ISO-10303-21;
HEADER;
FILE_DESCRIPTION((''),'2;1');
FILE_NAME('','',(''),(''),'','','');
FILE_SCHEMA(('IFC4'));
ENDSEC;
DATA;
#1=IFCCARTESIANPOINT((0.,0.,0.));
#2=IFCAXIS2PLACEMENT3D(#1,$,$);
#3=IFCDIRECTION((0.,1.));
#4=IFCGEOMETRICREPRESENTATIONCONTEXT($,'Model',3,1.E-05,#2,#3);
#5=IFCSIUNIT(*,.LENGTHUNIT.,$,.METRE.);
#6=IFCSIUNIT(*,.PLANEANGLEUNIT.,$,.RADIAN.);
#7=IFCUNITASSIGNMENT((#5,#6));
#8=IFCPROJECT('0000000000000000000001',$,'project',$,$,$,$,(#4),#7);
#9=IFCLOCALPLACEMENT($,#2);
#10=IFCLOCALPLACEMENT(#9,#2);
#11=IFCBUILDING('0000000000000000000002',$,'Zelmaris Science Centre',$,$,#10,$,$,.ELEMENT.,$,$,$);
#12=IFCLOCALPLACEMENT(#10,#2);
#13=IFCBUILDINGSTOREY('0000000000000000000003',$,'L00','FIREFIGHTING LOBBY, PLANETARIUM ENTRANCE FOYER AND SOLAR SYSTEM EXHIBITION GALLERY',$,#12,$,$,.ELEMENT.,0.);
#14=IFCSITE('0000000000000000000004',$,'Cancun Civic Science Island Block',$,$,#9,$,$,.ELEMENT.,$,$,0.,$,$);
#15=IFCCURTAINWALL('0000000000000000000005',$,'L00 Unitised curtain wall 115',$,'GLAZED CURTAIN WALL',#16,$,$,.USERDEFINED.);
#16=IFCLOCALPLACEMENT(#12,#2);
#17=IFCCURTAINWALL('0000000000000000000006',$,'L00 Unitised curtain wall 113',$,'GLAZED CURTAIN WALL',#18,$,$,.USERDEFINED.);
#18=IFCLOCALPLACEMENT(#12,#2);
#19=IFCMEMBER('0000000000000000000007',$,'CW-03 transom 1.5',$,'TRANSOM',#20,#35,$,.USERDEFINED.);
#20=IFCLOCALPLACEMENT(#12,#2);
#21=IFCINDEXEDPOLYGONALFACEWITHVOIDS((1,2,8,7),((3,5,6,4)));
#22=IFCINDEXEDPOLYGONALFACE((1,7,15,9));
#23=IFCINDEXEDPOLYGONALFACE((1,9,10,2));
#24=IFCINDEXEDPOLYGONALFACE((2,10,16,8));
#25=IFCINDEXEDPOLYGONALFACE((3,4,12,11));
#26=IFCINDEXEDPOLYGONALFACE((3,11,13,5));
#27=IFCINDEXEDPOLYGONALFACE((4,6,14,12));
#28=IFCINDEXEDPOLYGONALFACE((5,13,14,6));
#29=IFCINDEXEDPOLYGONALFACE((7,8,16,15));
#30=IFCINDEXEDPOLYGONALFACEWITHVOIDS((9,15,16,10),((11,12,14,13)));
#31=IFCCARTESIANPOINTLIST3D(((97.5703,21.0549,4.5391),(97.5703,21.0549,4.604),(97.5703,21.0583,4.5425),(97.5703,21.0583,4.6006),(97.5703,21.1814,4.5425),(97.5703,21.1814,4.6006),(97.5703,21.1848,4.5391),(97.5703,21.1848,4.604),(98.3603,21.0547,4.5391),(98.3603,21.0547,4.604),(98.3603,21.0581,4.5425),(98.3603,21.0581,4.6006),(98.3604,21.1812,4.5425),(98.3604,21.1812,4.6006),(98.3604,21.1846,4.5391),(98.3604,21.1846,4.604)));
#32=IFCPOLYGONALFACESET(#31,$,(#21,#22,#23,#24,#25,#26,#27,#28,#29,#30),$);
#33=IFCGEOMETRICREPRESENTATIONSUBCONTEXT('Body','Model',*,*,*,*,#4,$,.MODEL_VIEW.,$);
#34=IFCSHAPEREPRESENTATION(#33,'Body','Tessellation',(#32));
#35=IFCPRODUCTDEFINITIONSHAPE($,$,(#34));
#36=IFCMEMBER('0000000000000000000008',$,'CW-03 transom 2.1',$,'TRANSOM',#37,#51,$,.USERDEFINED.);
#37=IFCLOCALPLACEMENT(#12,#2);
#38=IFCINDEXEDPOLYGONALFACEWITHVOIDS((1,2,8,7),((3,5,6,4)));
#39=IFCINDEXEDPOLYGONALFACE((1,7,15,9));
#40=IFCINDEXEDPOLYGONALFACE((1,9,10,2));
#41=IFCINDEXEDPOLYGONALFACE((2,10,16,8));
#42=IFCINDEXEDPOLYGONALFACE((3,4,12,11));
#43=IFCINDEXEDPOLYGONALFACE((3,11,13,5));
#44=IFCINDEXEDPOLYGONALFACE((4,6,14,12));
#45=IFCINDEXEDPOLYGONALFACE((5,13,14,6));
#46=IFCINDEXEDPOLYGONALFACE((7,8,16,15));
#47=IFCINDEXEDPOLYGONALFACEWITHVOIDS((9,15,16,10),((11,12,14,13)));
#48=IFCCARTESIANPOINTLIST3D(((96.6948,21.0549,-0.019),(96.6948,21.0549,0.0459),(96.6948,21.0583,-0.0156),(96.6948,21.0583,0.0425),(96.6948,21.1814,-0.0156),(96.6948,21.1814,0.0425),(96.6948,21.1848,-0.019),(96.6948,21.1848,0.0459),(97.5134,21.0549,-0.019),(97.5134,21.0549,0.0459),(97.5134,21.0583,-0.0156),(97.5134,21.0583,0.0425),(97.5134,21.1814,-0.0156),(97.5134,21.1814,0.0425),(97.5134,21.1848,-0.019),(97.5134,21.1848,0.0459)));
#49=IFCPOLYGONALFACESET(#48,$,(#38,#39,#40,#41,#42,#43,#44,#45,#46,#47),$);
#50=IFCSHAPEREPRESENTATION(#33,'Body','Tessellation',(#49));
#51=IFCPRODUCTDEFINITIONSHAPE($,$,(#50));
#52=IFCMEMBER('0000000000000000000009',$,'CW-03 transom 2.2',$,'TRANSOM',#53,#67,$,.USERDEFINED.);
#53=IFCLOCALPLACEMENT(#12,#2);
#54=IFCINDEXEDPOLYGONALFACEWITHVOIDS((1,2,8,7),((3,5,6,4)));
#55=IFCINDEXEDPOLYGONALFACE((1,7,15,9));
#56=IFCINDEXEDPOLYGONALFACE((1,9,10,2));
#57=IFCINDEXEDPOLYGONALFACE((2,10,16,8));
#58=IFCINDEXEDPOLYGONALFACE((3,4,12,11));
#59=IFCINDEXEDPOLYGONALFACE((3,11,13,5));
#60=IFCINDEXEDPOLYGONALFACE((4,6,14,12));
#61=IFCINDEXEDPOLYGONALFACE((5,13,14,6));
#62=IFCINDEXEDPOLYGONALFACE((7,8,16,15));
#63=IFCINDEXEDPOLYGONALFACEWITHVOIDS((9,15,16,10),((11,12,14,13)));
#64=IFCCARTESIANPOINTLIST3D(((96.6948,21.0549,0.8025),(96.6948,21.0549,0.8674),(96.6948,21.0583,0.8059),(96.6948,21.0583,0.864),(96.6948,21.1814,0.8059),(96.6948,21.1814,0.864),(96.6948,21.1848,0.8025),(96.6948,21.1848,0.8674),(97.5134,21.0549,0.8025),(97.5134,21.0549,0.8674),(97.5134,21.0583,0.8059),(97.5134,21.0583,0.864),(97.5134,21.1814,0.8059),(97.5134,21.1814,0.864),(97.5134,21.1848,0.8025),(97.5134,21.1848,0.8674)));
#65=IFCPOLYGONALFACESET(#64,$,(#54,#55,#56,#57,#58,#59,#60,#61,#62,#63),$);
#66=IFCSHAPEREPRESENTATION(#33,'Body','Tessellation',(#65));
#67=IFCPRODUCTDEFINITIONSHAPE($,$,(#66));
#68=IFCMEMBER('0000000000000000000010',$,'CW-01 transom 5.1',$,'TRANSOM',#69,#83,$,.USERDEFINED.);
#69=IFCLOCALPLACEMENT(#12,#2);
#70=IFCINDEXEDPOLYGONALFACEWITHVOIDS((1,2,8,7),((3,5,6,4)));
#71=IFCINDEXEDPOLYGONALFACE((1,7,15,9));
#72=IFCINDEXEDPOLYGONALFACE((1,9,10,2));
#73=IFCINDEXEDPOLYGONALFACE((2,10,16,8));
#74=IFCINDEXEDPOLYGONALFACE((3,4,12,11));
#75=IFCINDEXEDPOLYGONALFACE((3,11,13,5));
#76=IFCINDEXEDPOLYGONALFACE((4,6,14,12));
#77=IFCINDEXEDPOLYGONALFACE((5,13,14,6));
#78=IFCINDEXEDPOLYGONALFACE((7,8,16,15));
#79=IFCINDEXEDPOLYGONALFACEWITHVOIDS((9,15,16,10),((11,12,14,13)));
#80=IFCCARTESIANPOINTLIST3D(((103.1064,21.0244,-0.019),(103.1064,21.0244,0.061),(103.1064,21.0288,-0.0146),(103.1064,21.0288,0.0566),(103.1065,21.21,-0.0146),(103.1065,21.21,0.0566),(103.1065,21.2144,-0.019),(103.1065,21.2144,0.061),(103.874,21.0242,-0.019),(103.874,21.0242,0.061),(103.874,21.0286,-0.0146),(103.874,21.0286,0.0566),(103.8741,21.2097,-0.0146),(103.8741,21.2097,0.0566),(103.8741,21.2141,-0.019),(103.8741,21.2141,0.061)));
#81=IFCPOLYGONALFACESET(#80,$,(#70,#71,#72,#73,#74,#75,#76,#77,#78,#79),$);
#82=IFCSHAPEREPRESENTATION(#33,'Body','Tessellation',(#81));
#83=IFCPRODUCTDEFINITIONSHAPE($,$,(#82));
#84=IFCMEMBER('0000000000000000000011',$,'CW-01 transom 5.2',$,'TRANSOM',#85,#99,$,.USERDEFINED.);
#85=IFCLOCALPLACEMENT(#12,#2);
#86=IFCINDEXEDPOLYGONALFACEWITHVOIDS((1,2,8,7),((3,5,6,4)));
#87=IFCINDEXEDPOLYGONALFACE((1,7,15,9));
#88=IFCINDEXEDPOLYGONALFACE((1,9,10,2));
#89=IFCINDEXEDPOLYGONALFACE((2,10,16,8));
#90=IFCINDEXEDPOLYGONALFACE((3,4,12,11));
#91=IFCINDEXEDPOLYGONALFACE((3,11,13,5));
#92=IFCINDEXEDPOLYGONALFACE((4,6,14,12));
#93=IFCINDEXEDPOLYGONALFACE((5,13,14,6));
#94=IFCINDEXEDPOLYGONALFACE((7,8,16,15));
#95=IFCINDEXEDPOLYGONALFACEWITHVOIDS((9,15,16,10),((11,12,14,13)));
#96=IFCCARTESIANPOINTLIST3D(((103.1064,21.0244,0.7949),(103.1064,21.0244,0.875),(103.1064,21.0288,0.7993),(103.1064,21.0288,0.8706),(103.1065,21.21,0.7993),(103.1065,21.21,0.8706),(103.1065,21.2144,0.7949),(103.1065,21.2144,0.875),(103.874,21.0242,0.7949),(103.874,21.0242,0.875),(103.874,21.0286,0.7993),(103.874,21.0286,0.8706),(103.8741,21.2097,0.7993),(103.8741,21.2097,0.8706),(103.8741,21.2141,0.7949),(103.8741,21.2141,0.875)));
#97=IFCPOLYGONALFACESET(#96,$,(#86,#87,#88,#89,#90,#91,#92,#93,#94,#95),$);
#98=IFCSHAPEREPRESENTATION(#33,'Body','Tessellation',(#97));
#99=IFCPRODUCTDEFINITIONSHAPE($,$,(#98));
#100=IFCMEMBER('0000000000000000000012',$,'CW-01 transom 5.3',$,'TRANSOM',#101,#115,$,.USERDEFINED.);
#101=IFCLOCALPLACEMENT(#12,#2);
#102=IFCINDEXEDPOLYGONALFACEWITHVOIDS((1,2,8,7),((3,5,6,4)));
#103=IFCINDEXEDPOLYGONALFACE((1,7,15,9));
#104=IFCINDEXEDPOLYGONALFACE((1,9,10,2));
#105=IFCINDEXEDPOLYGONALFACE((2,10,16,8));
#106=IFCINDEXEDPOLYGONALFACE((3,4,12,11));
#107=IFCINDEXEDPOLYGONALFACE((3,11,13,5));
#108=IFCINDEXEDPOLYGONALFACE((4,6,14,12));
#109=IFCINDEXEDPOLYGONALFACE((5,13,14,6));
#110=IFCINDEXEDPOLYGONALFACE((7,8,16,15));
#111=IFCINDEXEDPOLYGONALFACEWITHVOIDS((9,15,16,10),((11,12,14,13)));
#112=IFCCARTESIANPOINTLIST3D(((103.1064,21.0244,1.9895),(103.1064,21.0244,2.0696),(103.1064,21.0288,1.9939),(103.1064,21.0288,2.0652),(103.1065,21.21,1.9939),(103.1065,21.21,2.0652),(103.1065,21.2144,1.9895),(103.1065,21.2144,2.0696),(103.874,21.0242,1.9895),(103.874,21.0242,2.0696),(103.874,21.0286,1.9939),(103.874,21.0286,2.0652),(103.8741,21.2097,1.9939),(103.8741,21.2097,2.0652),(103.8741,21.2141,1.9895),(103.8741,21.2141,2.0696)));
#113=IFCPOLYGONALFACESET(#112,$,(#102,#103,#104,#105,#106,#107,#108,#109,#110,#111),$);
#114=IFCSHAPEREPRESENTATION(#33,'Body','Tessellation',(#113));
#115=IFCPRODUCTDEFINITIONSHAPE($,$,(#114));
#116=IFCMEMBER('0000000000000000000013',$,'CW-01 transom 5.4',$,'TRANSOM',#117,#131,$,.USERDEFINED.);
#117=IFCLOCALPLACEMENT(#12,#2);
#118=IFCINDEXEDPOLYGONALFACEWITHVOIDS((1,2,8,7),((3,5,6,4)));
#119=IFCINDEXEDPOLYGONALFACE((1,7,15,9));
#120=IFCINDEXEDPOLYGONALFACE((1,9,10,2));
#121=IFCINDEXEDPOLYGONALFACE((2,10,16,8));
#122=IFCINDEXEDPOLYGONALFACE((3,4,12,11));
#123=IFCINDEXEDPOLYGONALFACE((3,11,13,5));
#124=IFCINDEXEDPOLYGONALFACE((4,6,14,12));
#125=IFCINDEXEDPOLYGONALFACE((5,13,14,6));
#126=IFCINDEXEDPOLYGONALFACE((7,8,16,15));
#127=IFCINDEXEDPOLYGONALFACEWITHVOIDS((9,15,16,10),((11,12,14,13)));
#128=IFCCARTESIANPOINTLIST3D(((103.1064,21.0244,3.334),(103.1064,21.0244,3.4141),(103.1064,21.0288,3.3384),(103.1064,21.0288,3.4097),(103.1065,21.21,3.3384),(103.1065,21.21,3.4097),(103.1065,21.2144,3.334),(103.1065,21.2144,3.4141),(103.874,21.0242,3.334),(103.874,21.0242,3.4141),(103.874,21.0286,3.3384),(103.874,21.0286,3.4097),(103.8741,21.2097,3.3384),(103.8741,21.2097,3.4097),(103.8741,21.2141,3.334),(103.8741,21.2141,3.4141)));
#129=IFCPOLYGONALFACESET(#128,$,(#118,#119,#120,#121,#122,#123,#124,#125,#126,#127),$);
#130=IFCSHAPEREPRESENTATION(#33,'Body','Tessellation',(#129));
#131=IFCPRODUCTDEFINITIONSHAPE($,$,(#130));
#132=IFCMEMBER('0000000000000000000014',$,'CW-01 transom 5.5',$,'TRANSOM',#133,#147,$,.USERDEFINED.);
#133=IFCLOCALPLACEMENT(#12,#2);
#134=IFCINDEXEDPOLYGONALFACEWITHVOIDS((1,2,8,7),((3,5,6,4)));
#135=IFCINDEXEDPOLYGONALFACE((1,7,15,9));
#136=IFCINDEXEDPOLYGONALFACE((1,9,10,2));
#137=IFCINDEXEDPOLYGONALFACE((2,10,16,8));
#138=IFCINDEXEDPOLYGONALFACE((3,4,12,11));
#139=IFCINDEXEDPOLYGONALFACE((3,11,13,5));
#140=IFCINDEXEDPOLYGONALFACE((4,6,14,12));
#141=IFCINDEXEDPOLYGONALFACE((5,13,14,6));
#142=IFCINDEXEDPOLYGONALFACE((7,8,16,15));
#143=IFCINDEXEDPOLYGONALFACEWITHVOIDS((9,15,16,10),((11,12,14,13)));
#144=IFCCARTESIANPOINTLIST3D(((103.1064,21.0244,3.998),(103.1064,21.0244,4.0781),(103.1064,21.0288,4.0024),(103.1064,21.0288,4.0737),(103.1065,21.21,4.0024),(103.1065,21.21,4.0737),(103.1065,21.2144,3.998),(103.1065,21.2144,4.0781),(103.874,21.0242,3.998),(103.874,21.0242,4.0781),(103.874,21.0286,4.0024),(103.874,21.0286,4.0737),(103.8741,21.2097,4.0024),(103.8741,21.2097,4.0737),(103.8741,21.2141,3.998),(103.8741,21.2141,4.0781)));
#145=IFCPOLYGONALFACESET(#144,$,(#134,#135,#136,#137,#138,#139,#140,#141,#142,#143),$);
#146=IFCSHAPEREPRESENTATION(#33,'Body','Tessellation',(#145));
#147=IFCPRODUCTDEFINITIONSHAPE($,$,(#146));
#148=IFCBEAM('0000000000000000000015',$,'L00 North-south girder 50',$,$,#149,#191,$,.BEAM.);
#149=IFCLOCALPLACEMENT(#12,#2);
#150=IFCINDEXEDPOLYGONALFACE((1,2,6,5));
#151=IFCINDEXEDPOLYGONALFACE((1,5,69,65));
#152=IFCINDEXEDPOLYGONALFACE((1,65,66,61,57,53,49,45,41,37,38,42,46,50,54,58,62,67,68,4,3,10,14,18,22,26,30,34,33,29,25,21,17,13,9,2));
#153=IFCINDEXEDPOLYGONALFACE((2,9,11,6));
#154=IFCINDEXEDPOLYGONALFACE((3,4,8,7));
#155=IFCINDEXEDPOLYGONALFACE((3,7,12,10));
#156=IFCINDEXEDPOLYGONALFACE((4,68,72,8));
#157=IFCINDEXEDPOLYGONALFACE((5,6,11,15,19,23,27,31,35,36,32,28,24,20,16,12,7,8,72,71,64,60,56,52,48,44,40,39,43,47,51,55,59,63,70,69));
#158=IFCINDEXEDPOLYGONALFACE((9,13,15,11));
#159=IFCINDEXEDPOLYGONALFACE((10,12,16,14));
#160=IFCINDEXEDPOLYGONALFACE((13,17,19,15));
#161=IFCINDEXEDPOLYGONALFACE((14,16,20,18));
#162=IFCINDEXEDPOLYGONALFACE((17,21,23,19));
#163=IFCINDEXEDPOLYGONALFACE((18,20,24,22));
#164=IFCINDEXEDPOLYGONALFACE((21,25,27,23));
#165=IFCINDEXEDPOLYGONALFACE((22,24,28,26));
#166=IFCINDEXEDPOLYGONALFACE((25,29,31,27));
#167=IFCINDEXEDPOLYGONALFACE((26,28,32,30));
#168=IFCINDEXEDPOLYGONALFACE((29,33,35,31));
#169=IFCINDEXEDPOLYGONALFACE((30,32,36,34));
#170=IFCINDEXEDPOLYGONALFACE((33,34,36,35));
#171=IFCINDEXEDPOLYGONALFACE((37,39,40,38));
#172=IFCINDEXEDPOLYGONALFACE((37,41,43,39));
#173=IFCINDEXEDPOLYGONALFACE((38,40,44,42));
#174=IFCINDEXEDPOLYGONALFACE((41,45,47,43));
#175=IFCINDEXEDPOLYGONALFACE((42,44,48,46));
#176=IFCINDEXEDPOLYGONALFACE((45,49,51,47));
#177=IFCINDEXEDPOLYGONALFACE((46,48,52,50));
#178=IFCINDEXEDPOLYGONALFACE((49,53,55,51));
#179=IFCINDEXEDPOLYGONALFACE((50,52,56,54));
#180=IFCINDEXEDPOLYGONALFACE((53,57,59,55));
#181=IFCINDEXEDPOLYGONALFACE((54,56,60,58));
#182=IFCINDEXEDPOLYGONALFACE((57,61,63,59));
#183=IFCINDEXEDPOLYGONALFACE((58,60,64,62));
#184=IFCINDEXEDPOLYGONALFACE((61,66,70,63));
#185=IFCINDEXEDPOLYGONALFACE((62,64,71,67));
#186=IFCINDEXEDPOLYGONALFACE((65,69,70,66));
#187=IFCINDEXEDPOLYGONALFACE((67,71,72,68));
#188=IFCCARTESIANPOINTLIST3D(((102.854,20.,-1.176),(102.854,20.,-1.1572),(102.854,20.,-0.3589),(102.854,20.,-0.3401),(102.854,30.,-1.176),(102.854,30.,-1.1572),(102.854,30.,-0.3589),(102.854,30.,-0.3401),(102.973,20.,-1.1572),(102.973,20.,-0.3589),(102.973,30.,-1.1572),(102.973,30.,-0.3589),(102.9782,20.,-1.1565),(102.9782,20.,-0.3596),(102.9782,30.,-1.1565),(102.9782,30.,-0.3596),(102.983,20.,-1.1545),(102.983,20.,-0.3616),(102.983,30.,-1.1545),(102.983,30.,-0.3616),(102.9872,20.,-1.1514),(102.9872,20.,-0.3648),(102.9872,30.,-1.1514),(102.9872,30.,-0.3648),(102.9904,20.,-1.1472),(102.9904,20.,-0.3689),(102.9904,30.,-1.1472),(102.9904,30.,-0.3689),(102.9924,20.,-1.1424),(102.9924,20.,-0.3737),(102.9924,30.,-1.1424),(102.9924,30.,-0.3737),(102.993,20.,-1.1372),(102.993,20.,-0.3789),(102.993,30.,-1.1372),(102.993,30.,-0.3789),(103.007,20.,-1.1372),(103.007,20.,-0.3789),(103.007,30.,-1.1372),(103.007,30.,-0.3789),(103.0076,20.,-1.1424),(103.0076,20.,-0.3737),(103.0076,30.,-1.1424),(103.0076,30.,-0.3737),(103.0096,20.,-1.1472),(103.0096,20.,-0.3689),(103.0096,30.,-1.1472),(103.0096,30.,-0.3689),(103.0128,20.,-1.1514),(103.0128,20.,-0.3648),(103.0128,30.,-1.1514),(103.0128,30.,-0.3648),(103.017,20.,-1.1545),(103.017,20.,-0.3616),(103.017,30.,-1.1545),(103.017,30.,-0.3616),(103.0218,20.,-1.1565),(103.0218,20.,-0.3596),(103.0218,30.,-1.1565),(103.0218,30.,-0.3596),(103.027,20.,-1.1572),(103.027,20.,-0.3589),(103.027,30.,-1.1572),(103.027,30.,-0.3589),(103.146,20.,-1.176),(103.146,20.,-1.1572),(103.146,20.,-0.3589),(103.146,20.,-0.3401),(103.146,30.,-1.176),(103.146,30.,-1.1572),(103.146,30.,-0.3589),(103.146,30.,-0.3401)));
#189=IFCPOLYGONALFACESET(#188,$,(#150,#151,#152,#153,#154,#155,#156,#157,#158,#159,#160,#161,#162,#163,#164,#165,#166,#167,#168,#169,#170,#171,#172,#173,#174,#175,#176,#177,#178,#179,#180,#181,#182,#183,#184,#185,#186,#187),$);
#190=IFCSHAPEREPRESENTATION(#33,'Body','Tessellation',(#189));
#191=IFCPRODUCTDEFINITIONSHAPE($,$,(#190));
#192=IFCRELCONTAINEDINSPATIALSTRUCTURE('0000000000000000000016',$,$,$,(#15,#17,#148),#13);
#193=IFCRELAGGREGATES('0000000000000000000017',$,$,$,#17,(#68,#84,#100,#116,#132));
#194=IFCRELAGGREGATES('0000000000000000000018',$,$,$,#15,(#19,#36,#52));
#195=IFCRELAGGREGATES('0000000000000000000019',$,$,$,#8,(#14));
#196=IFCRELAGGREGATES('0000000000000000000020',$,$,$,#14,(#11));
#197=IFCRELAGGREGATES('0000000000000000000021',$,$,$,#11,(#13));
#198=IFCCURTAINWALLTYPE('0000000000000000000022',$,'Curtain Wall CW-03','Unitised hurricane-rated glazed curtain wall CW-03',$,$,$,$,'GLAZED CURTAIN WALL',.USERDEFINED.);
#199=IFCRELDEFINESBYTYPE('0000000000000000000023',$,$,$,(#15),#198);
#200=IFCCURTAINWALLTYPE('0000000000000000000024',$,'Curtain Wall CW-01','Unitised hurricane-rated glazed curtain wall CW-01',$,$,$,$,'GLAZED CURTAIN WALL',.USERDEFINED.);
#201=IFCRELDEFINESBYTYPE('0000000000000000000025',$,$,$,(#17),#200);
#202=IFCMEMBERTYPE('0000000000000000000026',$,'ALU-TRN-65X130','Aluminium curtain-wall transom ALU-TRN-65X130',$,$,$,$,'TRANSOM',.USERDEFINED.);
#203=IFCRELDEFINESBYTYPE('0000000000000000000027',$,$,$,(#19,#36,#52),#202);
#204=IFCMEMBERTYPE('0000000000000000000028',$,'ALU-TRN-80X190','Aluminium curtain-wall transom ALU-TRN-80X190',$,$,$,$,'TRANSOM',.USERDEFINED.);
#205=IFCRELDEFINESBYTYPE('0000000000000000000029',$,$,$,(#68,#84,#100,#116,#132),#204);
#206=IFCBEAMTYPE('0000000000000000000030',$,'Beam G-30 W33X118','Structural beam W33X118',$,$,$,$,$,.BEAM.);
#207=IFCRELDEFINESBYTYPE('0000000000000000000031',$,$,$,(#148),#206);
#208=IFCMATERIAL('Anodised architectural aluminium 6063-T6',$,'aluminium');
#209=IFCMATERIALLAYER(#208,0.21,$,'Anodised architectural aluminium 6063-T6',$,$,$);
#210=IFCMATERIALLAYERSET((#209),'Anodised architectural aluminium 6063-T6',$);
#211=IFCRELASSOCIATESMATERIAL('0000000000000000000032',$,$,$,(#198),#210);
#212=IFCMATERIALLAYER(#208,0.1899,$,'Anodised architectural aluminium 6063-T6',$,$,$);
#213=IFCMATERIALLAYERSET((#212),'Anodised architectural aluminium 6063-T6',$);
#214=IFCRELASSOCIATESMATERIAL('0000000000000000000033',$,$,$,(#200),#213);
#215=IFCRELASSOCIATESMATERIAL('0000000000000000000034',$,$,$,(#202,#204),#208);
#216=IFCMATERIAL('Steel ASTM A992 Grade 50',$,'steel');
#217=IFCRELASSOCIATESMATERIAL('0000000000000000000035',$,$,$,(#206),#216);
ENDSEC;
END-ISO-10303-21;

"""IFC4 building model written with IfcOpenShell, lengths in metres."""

from ifc_helpers import new_model, si_unit, direction, frame, origin, origin_2d, place, context, subcontext, project, spatial, hollow_rectangle, i_section, extrude, material, layer, layer_set, material_profile, profile_set, type_object, element, aggregate, save


model = new_model("IFC4")

# Units and contexts
model_context = context("Model", 3, precision=1e-05, world=origin(), true_north=direction((0.0, 1.0)))
body_context = subcontext(model_context, "Body", "Model", "MODEL_VIEW")
ifc_project = project(units=[si_unit("LENGTHUNIT", "METRE"), si_unit("PLANEANGLEUNIT", "RADIAN")], contexts=[model_context])

# Site, building, storey
site_placement = place(None, origin())
site = spatial("IfcSite", under=ifc_project, at=site_placement, Name="Cancun Civic Science Island Block", CompositionType="ELEMENT", RefElevation=0.0)
building_placement = place(site_placement, origin())
building = spatial("IfcBuilding", under=site, at=building_placement, Name="Zelmaris Science Centre", CompositionType="ELEMENT")
storey_placement = place(building_placement, origin())
storey = spatial("IfcBuildingStorey", under=building, at=storey_placement, Name="L00", Description="FIREFIGHTING LOBBY, PLANETARIUM ENTRANCE FOYER AND SOLAR SYSTEM EXHIBITION GALLERY", CompositionType="ELEMENT", Elevation=0.0)

# Shared definitions
ifc_material_1 = material(Name="Steel ASTM A992 Grade 50", Category="steel")

# Curtain walls
ifc_material_2 = material(Name="Anodised architectural aluminium 6063-T6", Category="aluminium")
ifc_layer_1 = layer(ifc_material_2, 0.21, Name="Anodised architectural aluminium 6063-T6")
ifc_layer_set_1 = layer_set([ifc_layer_1], Name="Anodised architectural aluminium 6063-T6")
curtain_wall_type_1 = type_object("IfcCurtainWallType", Name="Curtain Wall CW-03", Description="Unitised hurricane-rated glazed curtain wall CW-03", ElementType="GLAZED CURTAIN WALL", PredefinedType="USERDEFINED", material=ifc_layer_set_1)
curtain_wall_1_placement = place(storey_placement, origin())
curtain_wall_1 = element("IfcCurtainWall", 1, at=curtain_wall_1_placement, inside=storey, type_object=curtain_wall_type_1, Name="L00 Unitised curtain wall 115", ObjectType="GLAZED CURTAIN WALL", PredefinedType="USERDEFINED")
ifc_layer_2 = layer(ifc_material_2, 0.1899, Name="Anodised architectural aluminium 6063-T6")
ifc_layer_set_2 = layer_set([ifc_layer_2], Name="Anodised architectural aluminium 6063-T6")
curtain_wall_type_2 = type_object("IfcCurtainWallType", Name="Curtain Wall CW-01", Description="Unitised hurricane-rated glazed curtain wall CW-01", ElementType="GLAZED CURTAIN WALL", PredefinedType="USERDEFINED", material=ifc_layer_set_2)
curtain_wall_2_placement = place(storey_placement, origin())
curtain_wall_2 = element("IfcCurtainWall", 2, at=curtain_wall_2_placement, inside=storey, type_object=curtain_wall_type_2, Name="L00 Unitised curtain wall 113", ObjectType="GLAZED CURTAIN WALL", PredefinedType="USERDEFINED")

# Members
ifc_material_profile_1 = material_profile(ifc_material_2, hollow_rectangle(XDim=0.0649, YDim=0.1299, WallThickness=0.0034, at=origin_2d()), Name="ALU-TRN-65X130")
ifc_profile_set_1 = profile_set([ifc_material_profile_1], Name="Anodised architectural aluminium 6063-T6")
member_type_1 = type_object("IfcMemberType", Name="ALU-TRN-65X130", Description="Aluminium curtain-wall transom ALU-TRN-65X130", ElementType="TRANSOM", PredefinedType="USERDEFINED", material=ifc_profile_set_1)
member_1_placement = place(storey_placement, frame((98.3604, 21.1196, 4.5715), z_axis=(-1.0, 0.000309, 0.0), x_axis=(0.0, 0.0, 1.0)))
member_1 = element("IfcMember", 3, at=member_1_placement, type_object=member_type_1, Name="CW-03 transom 1.5", ObjectType="TRANSOM", PredefinedType="USERDEFINED", context=body_context, shape_type="SweptSolid", body=[
    extrude(hollow_rectangle(XDim=0.0649, YDim=0.1299, WallThickness=0.0034, at=origin_2d()), origin(), (0.0, 0.0, 1.0), 0.79),
])
member_2_placement = place(storey_placement, frame((97.5134, 21.1199, 0.0134), z_axis=(-1.0, 0.0, 0.0), x_axis=(0.0, 0.0, 1.0)))
member_2 = element("IfcMember", 4, at=member_2_placement, type_object=member_type_1, Name="CW-03 transom 2.1", ObjectType="TRANSOM", PredefinedType="USERDEFINED", context=body_context, shape_type="SweptSolid", body=[
    extrude(hollow_rectangle(XDim=0.0649, YDim=0.1299, WallThickness=0.0034, at=origin_2d()), origin(), (0.0, 0.0, 1.0), 0.8186),
])
member_3_placement = place(storey_placement, frame((97.5134, 21.1199, 0.835), z_axis=(-1.0, 0.0, 0.0), x_axis=(0.0, 0.0, 1.0)))
member_3 = element("IfcMember", 5, at=member_3_placement, type_object=member_type_1, Name="CW-03 transom 2.2", ObjectType="TRANSOM", PredefinedType="USERDEFINED", context=body_context, shape_type="SweptSolid", body=[
    extrude(hollow_rectangle(XDim=0.0649, YDim=0.1299, WallThickness=0.0034, at=origin_2d()), origin(), (0.0, 0.0, 1.0), 0.8186),
])
ifc_material_profile_2 = material_profile(ifc_material_2, hollow_rectangle(XDim=0.0801, YDim=0.1899, WallThickness=0.0044, at=origin_2d()), Name="ALU-TRN-80X190")
ifc_profile_set_2 = profile_set([ifc_material_profile_2], Name="Anodised architectural aluminium 6063-T6")
member_type_2 = type_object("IfcMemberType", Name="ALU-TRN-80X190", Description="Aluminium curtain-wall transom ALU-TRN-80X190", ElementType="TRANSOM", PredefinedType="USERDEFINED", material=ifc_profile_set_2)
member_4_placement = place(storey_placement, frame((103.874, 21.1191, 0.021), z_axis=(-1.0, 0.000318, 0.0), x_axis=(0.0, 0.0, 1.0)))
member_4 = element("IfcMember", 6, at=member_4_placement, type_object=member_type_2, Name="CW-01 transom 5.1", ObjectType="TRANSOM", PredefinedType="USERDEFINED", context=body_context, shape_type="SweptSolid", body=[
    extrude(hollow_rectangle(XDim=0.0801, YDim=0.1899, WallThickness=0.0044, at=origin_2d()), origin(), (0.0, 0.0, 1.0), 0.7676),
])
member_5_placement = place(storey_placement, frame((103.874, 21.1191, 0.835), z_axis=(-1.0, 0.000318, 0.0), x_axis=(0.0, 0.0, 1.0)))
member_5 = element("IfcMember", 7, at=member_5_placement, type_object=member_type_2, Name="CW-01 transom 5.2", ObjectType="TRANSOM", PredefinedType="USERDEFINED", context=body_context, shape_type="SweptSolid", body=[
    extrude(hollow_rectangle(XDim=0.0801, YDim=0.1899, WallThickness=0.0044, at=origin_2d()), origin(), (0.0, 0.0, 1.0), 0.7676),
])
member_6_placement = place(storey_placement, frame((103.874, 21.1191, 2.0295), z_axis=(-1.0, 0.000318, 0.0), x_axis=(0.0, 0.0, 1.0)))
member_6 = element("IfcMember", 8, at=member_6_placement, type_object=member_type_2, Name="CW-01 transom 5.3", ObjectType="TRANSOM", PredefinedType="USERDEFINED", context=body_context, shape_type="SweptSolid", body=[
    extrude(hollow_rectangle(XDim=0.0801, YDim=0.1899, WallThickness=0.0044, at=origin_2d()), origin(), (0.0, 0.0, 1.0), 0.7676),
])
member_7_placement = place(storey_placement, frame((103.874, 21.1191, 3.374), z_axis=(-1.0, 0.000318, 0.0), x_axis=(0.0, 0.0, 1.0)))
member_7 = element("IfcMember", 9, at=member_7_placement, type_object=member_type_2, Name="CW-01 transom 5.4", ObjectType="TRANSOM", PredefinedType="USERDEFINED", context=body_context, shape_type="SweptSolid", body=[
    extrude(hollow_rectangle(XDim=0.0801, YDim=0.1899, WallThickness=0.0044, at=origin_2d()), origin(), (0.0, 0.0, 1.0), 0.7676),
])
member_8_placement = place(storey_placement, frame((103.874, 21.1191, 4.0381), z_axis=(-1.0, 0.000318, 0.0), x_axis=(0.0, 0.0, 1.0)))
member_8 = element("IfcMember", 10, at=member_8_placement, type_object=member_type_2, Name="CW-01 transom 5.5", ObjectType="TRANSOM", PredefinedType="USERDEFINED", context=body_context, shape_type="SweptSolid", body=[
    extrude(hollow_rectangle(XDim=0.0801, YDim=0.1899, WallThickness=0.0044, at=origin_2d()), origin(), (0.0, 0.0, 1.0), 0.7676),
])

# Beam
ifc_material_profile_3 = material_profile(ifc_material_1, i_section(OverallWidth=0.292, OverallDepth=0.8359, WebThickness=0.0139, FlangeThickness=0.0188, FilletRadius=0.02, at=origin_2d()), Name="W33X118")
ifc_profile_set_3 = profile_set([ifc_material_profile_3], Name="Steel ASTM A992 Grade 50")
beam_type = type_object("IfcBeamType", Name="Beam G-30 W33X118", Description="Structural beam W33X118", PredefinedType="BEAM", material=ifc_profile_set_3)
beam_placement = place(storey_placement, frame((103.0, 20.0, -0.7581), z_axis=(0.0, 1.0, 0.0), x_axis=(-1.0, 0.0, 0.0)))
element("IfcBeam", 11, at=beam_placement, inside=storey, type_object=beam_type, Name="L00 North-south girder 50", PredefinedType="BEAM", context=body_context, shape_type="SweptSolid", body=[
    extrude(i_section(OverallWidth=0.292, OverallDepth=0.8359, WebThickness=0.0139, FlangeThickness=0.0188, FilletRadius=0.02, at=origin_2d()), origin(), (0.0, 0.0, 1.0), 10.0),
])

aggregate(curtain_wall_2, [member_4, member_5, member_6, member_7, member_8])
aggregate(curtain_wall_1, [member_1, member_2, member_3])

save(model, "model.ifc")
